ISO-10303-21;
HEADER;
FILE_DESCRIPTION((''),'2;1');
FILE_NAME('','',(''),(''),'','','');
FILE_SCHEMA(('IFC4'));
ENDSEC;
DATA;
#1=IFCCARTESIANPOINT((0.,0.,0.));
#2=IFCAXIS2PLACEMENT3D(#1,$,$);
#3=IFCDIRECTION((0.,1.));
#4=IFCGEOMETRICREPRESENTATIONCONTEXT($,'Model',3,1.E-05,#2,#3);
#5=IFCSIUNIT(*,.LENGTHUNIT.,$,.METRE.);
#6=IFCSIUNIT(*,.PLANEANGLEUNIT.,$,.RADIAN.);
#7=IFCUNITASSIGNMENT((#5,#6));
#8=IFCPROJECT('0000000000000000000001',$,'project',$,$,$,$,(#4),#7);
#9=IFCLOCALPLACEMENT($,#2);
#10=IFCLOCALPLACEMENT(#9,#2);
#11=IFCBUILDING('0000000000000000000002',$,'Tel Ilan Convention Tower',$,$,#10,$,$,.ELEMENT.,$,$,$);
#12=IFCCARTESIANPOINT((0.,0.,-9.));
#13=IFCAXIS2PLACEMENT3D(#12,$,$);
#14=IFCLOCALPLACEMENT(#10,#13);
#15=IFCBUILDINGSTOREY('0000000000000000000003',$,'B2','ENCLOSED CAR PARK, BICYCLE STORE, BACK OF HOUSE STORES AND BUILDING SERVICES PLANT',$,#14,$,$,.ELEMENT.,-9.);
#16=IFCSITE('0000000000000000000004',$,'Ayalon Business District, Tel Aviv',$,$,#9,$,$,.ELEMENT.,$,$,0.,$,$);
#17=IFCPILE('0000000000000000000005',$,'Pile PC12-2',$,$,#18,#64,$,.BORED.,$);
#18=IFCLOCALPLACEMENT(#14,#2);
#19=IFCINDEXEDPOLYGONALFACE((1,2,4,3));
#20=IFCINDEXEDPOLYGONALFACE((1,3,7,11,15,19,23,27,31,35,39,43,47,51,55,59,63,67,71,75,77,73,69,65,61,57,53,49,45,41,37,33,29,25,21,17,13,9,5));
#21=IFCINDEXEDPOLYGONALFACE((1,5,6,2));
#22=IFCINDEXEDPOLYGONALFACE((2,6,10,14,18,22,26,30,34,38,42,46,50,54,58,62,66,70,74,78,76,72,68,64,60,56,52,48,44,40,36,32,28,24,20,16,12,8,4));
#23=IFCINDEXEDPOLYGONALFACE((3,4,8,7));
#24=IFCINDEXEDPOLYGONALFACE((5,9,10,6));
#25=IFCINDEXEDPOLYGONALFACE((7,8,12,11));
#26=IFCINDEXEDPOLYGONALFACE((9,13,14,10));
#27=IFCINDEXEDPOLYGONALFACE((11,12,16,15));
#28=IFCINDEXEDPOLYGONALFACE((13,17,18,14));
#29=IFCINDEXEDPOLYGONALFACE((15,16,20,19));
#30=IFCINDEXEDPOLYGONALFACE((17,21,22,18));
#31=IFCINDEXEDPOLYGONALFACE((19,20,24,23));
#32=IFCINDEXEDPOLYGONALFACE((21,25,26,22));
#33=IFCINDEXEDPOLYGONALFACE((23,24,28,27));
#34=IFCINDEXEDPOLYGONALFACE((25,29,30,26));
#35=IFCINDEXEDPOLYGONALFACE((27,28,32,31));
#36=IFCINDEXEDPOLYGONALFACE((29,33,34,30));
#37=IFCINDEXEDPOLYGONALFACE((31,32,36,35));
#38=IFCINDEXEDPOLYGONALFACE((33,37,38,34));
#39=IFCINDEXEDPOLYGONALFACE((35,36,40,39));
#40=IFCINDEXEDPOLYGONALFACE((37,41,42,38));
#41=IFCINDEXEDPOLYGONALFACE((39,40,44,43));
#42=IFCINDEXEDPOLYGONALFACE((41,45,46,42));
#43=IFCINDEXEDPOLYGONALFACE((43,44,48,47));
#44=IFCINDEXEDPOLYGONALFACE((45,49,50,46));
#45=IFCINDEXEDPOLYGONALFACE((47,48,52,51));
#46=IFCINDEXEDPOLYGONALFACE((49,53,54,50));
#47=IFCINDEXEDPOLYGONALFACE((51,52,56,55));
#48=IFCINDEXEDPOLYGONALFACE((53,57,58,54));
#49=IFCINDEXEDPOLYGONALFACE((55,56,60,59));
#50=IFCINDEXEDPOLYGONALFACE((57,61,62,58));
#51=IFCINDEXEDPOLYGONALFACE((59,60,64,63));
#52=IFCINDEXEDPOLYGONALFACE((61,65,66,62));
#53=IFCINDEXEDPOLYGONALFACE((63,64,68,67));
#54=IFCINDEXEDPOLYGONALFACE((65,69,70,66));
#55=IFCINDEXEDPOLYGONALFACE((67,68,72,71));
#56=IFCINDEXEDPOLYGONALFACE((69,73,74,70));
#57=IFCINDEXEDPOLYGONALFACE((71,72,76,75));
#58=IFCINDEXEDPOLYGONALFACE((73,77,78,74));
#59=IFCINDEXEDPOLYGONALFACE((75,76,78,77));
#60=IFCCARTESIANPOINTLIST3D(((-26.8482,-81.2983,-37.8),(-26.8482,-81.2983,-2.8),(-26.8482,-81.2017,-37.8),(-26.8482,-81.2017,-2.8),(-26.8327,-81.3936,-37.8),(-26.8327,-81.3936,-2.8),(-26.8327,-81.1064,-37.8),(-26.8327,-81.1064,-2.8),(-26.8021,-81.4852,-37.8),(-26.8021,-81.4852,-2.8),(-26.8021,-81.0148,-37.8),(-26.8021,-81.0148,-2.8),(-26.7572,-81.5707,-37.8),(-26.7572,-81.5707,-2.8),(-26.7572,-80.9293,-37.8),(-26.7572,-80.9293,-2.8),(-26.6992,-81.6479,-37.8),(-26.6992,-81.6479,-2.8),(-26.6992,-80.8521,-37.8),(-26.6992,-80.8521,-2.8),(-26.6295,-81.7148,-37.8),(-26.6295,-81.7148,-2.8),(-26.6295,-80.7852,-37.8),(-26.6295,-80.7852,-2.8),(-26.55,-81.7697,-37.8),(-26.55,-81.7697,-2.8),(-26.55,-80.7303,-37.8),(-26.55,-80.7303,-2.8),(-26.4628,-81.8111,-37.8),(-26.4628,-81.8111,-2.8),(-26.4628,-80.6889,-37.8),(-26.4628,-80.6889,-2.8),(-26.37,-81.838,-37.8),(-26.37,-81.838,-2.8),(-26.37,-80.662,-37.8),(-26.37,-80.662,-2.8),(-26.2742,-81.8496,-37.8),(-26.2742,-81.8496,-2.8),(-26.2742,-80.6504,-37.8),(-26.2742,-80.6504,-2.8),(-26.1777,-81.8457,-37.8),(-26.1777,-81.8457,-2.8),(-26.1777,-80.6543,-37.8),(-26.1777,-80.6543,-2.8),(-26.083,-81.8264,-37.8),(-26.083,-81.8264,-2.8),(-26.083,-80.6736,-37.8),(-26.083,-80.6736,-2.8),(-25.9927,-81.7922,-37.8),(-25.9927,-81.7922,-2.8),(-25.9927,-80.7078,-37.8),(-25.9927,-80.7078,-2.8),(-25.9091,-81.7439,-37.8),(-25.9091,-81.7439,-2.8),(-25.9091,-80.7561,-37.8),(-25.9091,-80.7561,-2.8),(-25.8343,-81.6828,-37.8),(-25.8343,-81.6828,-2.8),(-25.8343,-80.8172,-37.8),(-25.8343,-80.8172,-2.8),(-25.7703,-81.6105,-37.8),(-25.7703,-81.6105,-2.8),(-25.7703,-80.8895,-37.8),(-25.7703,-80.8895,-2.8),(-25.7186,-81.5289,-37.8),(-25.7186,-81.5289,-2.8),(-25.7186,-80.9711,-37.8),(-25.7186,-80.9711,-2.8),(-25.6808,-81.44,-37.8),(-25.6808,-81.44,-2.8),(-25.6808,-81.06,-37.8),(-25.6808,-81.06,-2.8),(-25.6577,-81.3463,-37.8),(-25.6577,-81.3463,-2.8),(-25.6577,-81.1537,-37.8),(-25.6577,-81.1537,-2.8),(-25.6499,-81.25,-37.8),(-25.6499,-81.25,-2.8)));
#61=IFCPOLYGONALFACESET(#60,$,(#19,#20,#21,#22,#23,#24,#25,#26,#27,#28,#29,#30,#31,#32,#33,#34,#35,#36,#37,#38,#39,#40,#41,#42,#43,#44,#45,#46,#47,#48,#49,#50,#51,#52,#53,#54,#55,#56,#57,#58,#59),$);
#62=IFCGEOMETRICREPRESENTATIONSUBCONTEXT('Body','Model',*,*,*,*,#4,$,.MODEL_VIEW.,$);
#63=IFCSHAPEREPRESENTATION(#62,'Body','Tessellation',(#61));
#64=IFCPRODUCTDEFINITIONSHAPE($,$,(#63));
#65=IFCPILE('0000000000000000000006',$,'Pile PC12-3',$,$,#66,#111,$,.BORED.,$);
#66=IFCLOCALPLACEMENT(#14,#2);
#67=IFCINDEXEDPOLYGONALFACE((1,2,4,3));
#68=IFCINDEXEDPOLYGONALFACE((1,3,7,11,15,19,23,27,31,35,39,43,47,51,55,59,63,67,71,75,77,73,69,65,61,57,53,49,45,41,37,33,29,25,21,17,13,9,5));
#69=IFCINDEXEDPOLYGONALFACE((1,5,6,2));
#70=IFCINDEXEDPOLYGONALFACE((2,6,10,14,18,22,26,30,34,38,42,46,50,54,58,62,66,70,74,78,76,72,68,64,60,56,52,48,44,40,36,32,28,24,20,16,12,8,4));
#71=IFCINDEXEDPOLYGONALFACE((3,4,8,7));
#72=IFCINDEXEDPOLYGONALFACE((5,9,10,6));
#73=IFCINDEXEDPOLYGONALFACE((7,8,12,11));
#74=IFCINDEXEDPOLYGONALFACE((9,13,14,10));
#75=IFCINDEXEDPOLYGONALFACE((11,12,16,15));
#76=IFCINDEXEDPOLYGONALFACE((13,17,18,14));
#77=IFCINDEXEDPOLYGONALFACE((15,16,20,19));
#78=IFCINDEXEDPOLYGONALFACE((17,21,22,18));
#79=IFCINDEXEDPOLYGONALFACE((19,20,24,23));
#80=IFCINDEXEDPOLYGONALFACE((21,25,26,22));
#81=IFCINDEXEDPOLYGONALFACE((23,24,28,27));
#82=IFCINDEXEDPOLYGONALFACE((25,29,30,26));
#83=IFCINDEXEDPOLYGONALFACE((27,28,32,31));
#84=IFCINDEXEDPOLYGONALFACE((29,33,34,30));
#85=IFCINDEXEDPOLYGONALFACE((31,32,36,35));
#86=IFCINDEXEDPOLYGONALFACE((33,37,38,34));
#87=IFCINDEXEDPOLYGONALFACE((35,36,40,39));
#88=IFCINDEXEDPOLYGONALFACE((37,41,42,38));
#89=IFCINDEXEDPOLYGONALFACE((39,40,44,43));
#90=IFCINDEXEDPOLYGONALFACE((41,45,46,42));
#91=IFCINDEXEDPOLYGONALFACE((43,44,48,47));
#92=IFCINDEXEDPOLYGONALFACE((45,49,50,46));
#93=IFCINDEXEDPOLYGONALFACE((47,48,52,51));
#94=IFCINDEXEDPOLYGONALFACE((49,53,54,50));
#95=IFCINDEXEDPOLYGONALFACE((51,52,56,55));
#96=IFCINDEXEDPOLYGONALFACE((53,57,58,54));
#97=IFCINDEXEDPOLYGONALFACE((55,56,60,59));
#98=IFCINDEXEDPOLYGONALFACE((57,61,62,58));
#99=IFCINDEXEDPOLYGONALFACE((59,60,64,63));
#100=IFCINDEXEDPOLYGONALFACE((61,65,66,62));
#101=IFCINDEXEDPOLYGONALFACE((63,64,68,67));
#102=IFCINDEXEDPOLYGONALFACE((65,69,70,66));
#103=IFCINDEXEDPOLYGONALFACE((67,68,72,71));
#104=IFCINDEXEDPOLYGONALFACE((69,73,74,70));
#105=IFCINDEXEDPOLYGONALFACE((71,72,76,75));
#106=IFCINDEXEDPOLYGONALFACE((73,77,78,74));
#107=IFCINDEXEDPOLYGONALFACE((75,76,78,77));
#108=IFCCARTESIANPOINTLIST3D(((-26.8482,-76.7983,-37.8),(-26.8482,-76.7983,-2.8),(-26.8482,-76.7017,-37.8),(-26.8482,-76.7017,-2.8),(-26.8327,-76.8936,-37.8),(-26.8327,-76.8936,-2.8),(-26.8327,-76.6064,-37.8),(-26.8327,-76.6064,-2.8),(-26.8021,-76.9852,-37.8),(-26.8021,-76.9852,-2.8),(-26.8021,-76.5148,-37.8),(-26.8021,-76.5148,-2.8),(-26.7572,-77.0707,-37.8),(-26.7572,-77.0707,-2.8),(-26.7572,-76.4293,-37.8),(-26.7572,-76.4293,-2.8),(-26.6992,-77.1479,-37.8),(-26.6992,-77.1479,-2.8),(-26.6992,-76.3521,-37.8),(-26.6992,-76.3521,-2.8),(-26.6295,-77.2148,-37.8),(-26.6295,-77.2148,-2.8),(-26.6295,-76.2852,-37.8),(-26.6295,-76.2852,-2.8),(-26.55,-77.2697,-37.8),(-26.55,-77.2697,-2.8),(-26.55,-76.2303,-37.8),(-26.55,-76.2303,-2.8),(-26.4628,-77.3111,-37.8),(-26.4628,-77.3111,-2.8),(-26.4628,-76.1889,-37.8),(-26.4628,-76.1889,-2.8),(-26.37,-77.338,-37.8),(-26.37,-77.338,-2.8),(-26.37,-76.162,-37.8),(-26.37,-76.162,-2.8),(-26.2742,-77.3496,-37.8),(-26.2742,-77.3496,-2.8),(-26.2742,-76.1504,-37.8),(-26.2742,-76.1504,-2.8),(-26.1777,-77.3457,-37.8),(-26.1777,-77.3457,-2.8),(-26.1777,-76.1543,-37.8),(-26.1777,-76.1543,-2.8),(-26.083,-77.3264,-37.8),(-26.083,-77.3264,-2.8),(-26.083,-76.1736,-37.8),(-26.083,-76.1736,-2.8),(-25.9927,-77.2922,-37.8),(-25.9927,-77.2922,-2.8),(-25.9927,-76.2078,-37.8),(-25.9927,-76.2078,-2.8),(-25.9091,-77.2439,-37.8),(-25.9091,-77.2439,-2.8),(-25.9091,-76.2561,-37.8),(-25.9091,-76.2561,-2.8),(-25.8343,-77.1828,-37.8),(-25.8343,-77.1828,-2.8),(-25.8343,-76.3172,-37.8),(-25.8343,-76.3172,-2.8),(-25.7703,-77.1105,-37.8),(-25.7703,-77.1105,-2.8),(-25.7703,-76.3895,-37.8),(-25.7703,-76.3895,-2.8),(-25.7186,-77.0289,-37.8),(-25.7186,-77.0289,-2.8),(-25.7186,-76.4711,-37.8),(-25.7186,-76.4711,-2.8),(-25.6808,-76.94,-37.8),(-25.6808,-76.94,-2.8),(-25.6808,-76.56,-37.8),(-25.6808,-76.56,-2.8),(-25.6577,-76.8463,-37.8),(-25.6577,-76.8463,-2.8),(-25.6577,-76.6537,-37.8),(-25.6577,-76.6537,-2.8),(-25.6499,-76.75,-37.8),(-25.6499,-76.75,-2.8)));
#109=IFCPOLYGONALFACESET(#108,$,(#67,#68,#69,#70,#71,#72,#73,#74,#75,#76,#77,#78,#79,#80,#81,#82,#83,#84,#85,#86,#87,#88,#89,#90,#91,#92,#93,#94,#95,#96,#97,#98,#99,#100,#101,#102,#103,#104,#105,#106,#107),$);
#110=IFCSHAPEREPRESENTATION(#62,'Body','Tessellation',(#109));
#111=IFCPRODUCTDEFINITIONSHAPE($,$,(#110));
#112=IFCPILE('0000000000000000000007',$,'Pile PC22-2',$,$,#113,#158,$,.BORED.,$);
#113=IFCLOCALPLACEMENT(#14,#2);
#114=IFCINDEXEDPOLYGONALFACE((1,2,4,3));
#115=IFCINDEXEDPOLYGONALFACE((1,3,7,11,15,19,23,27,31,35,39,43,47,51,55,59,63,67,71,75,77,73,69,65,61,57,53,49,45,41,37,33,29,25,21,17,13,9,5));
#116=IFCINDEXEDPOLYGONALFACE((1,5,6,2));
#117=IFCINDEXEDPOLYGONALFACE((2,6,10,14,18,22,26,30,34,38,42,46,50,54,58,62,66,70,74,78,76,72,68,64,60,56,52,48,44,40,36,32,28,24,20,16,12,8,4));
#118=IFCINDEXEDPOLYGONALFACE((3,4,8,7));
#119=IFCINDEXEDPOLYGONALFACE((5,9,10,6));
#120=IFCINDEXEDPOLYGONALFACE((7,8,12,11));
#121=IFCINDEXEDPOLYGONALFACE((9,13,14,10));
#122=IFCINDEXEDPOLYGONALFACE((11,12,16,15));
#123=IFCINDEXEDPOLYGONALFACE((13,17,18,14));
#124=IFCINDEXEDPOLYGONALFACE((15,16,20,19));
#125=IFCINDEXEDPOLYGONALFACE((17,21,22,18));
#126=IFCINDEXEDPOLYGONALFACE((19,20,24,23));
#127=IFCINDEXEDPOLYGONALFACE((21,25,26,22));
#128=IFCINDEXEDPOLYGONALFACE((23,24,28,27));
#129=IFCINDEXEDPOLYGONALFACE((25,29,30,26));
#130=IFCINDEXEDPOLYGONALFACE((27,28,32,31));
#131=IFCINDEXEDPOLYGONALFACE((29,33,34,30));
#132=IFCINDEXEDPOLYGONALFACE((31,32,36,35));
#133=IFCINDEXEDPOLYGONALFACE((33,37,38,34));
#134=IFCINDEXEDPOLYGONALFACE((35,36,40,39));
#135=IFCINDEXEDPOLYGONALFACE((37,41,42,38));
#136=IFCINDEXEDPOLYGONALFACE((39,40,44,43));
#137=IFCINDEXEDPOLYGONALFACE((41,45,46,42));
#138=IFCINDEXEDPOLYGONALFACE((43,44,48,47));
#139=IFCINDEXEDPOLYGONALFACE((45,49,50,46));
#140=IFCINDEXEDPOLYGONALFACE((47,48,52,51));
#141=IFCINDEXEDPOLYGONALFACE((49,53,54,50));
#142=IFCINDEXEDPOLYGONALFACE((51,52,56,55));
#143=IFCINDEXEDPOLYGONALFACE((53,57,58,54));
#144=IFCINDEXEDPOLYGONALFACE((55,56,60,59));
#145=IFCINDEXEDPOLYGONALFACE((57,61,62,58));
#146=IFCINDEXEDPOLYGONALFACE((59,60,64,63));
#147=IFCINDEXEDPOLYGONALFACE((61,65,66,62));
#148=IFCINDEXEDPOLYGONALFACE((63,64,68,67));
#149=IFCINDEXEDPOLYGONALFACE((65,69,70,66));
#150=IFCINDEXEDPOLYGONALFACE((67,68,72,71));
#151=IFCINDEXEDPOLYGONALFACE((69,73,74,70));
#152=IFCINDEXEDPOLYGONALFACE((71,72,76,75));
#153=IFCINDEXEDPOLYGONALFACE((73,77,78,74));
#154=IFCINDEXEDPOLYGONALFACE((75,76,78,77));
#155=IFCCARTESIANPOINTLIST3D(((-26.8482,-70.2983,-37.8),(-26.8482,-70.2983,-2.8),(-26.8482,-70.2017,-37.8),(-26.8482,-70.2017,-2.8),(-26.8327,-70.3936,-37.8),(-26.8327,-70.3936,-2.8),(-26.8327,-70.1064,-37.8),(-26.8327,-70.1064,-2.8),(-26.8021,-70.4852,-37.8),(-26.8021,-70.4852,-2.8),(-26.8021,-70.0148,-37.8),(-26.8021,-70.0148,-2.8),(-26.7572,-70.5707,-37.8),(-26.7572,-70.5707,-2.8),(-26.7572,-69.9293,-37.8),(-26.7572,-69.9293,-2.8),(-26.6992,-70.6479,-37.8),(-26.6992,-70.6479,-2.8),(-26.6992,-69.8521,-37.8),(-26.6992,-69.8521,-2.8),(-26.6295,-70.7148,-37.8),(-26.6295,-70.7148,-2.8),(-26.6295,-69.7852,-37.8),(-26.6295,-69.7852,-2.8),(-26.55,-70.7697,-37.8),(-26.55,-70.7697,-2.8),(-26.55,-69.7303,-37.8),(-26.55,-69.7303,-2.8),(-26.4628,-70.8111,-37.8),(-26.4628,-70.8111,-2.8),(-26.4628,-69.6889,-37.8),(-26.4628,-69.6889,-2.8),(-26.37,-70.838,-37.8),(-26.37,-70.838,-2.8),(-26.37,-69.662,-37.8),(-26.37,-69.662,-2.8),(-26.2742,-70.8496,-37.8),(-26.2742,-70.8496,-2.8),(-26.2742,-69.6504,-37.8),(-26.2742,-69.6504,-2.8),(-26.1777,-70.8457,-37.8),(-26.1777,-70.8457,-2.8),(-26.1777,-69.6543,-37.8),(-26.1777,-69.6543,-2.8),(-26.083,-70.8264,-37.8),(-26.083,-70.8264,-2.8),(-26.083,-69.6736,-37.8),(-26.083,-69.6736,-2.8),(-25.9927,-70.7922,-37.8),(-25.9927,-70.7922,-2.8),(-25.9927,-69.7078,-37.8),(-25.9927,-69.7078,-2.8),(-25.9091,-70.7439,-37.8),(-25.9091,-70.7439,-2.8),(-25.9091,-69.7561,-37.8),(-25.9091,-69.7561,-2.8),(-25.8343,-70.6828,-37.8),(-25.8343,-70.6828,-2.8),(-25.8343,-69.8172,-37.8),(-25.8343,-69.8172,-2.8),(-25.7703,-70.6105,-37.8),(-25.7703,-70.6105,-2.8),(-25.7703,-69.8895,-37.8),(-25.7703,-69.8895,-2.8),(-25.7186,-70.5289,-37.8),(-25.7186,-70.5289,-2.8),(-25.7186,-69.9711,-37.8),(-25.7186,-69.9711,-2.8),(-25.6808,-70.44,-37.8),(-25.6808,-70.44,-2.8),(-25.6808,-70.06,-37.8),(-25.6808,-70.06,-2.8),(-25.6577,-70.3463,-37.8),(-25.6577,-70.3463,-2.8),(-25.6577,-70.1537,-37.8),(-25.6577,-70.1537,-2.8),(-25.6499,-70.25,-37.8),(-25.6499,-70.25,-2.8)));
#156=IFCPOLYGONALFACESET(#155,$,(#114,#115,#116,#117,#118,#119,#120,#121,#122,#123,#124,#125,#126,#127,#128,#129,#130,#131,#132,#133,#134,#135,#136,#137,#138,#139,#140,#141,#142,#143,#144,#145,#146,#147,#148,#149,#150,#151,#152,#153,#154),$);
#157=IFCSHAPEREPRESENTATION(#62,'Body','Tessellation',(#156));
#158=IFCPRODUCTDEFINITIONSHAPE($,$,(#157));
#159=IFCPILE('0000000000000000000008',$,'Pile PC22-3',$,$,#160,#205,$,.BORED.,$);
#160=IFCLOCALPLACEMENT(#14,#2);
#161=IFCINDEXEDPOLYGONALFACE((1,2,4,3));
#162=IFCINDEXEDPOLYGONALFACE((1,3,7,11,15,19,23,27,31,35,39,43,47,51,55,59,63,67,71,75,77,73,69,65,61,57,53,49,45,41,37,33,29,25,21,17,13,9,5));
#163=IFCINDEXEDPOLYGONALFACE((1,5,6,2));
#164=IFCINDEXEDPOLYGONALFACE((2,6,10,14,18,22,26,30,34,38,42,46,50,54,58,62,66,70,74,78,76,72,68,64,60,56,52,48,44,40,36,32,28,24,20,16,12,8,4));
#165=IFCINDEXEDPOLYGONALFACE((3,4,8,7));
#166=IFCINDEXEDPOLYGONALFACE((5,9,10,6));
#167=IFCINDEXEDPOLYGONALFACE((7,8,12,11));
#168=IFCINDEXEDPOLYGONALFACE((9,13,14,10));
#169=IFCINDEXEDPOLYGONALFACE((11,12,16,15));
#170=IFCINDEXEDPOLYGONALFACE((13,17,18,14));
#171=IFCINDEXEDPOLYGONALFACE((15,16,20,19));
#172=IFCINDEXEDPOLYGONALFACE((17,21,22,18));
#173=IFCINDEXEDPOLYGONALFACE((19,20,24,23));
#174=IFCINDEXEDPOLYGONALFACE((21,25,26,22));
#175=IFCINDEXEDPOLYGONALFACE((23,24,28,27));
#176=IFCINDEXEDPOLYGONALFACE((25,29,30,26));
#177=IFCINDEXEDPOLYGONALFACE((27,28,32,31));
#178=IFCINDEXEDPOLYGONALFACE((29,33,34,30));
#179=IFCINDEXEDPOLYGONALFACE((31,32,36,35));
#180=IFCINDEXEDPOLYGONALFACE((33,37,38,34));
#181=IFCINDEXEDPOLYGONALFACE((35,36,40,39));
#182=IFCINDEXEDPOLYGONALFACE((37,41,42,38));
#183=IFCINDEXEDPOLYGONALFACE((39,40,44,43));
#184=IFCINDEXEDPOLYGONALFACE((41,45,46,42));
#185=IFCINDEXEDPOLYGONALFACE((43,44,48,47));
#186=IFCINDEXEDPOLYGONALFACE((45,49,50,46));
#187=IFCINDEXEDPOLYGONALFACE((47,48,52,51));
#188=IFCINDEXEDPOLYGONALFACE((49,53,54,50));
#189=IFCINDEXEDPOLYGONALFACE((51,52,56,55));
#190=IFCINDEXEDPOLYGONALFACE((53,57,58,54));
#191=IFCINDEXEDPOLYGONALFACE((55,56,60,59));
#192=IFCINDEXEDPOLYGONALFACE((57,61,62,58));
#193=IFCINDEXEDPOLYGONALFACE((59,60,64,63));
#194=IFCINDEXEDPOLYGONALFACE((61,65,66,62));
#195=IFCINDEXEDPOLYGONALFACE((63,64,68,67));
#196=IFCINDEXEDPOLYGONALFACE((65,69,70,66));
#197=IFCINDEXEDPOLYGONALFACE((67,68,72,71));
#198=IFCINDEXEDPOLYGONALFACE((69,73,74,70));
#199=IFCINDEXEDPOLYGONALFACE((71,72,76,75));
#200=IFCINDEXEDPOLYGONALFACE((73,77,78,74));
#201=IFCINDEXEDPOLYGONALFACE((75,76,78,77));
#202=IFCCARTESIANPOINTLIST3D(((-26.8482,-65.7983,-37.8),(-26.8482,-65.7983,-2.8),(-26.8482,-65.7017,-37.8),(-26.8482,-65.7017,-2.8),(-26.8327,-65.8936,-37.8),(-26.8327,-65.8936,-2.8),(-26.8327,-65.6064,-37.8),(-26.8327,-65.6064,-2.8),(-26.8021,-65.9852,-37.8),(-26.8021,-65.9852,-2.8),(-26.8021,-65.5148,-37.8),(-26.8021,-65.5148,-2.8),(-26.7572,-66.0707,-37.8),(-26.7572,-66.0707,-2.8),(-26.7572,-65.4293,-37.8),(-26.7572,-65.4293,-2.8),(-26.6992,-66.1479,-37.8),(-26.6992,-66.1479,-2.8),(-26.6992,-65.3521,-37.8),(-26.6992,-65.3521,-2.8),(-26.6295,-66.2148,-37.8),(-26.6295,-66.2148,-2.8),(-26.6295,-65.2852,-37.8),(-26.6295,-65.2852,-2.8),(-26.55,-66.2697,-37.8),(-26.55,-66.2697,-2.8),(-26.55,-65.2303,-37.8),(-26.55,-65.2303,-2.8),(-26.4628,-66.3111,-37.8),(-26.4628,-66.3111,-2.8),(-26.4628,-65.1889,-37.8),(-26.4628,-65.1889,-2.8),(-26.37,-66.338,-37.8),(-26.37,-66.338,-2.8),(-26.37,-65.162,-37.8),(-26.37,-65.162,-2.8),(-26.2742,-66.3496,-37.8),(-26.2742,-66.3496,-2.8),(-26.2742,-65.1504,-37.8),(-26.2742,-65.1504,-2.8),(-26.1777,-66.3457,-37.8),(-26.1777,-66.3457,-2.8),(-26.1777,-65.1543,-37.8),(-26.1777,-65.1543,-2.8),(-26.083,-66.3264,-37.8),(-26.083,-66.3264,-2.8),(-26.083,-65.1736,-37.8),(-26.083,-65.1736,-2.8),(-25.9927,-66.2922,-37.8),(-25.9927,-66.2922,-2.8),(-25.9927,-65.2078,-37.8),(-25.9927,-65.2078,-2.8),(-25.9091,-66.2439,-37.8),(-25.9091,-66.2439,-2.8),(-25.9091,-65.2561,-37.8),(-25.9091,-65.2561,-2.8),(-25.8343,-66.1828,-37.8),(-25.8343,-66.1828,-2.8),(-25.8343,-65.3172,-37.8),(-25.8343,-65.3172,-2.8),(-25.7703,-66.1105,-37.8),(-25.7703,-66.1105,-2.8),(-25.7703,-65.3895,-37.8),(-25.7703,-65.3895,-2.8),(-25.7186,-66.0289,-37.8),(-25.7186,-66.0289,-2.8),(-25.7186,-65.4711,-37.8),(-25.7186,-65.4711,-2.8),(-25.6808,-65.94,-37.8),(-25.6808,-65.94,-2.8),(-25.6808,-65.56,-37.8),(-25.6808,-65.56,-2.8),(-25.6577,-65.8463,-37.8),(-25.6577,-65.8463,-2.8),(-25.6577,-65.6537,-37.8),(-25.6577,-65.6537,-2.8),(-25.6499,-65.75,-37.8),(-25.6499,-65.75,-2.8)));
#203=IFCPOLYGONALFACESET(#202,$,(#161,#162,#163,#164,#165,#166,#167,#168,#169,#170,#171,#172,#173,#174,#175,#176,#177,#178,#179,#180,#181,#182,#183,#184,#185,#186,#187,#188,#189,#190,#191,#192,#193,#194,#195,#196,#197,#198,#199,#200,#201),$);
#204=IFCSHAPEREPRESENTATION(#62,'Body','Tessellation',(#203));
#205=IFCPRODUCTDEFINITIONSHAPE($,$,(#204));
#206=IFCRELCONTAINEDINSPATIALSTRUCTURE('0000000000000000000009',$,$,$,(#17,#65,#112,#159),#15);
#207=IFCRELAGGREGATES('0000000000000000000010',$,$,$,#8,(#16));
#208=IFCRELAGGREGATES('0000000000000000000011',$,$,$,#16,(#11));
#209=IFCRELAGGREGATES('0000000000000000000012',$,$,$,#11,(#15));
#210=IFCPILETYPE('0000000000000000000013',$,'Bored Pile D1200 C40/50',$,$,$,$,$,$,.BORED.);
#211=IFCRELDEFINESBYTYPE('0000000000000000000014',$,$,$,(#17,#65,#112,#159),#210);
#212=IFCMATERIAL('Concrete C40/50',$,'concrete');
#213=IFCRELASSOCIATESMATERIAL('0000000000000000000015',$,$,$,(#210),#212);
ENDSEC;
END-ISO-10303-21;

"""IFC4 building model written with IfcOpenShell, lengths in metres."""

from ifc_helpers import new_model, si_unit, direction, frame, origin, origin_2d, place, context, subcontext, project, spatial, circle, extrude, material, material_profile, profile_set, type_object, element, save


model = new_model("IFC4")

# Units and contexts
model_context = context("Model", 3, precision=1e-05, world=origin(), true_north=direction((0.0, 1.0)))
body_context = subcontext(model_context, "Body", "Model", "MODEL_VIEW")
ifc_project = project(units=[si_unit("LENGTHUNIT", "METRE"), si_unit("PLANEANGLEUNIT", "RADIAN")], contexts=[model_context])

# Site, building, storey
site_placement = place(None, origin())
site = spatial("IfcSite", under=ifc_project, at=site_placement, Name="Ayalon Business District, Tel Aviv", CompositionType="ELEMENT", RefElevation=0.0)
building_placement = place(site_placement, origin())
building = spatial("IfcBuilding", under=site, at=building_placement, Name="Tel Ilan Convention Tower", CompositionType="ELEMENT")
storey_placement = place(building_placement, frame((0.0, 0.0, -9.0)))
storey = spatial("IfcBuildingStorey", under=building, at=storey_placement, Name="B2", Description="ENCLOSED CAR PARK, BICYCLE STORE, BACK OF HOUSE STORES AND BUILDING SERVICES PLANT", CompositionType="ELEMENT", Elevation=-9.0)

# Piles
ifc_material_1 = material(Name="Concrete C40/50", Category="concrete")
ifc_material_profile_1 = material_profile(ifc_material_1, circle(Radius=0.6001, at=origin_2d()), Name="BORED D1200")
ifc_profile_set_1 = profile_set([ifc_material_profile_1], Name="Concrete C40/50")
pile_type = type_object("IfcPileType", Name="Bored Pile D1200 C40/50", PredefinedType="BORED", material=ifc_profile_set_1)
for number, where, z_axis, x_axis, name in (
    (1, (-26.25, -81.25, -2.8), (0.0, 0.0, -1.0), (1.0, 0.0, 0.0), "Pile PC12-2"),
    (2, (-26.25, -76.75, -2.8), (0.0, 0.0, -1.0), (1.0, 0.0, 0.0), "Pile PC12-3"),
    (3, (-26.25, -70.25, -2.8), (0.0, 0.0, -1.0), (1.0, 0.0, 0.0), "Pile PC22-2"),
    (4, (-26.25, -65.75, -2.8), (0.0, 0.0, -1.0), (1.0, 0.0, 0.0), "Pile PC22-3"),
):
    element("IfcPile", number, at=place(storey_placement, frame(where, z_axis=z_axis, x_axis=x_axis)), inside=storey, type_object=pile_type, Name=name, PredefinedType="BORED", context=body_context, shape_type="SweptSolid", body=[
        extrude(circle(Radius=0.6001, at=origin_2d()), origin(), (0.0, 0.0, 1.0), 35.0),
    ])

save(model, "model.ifc")
